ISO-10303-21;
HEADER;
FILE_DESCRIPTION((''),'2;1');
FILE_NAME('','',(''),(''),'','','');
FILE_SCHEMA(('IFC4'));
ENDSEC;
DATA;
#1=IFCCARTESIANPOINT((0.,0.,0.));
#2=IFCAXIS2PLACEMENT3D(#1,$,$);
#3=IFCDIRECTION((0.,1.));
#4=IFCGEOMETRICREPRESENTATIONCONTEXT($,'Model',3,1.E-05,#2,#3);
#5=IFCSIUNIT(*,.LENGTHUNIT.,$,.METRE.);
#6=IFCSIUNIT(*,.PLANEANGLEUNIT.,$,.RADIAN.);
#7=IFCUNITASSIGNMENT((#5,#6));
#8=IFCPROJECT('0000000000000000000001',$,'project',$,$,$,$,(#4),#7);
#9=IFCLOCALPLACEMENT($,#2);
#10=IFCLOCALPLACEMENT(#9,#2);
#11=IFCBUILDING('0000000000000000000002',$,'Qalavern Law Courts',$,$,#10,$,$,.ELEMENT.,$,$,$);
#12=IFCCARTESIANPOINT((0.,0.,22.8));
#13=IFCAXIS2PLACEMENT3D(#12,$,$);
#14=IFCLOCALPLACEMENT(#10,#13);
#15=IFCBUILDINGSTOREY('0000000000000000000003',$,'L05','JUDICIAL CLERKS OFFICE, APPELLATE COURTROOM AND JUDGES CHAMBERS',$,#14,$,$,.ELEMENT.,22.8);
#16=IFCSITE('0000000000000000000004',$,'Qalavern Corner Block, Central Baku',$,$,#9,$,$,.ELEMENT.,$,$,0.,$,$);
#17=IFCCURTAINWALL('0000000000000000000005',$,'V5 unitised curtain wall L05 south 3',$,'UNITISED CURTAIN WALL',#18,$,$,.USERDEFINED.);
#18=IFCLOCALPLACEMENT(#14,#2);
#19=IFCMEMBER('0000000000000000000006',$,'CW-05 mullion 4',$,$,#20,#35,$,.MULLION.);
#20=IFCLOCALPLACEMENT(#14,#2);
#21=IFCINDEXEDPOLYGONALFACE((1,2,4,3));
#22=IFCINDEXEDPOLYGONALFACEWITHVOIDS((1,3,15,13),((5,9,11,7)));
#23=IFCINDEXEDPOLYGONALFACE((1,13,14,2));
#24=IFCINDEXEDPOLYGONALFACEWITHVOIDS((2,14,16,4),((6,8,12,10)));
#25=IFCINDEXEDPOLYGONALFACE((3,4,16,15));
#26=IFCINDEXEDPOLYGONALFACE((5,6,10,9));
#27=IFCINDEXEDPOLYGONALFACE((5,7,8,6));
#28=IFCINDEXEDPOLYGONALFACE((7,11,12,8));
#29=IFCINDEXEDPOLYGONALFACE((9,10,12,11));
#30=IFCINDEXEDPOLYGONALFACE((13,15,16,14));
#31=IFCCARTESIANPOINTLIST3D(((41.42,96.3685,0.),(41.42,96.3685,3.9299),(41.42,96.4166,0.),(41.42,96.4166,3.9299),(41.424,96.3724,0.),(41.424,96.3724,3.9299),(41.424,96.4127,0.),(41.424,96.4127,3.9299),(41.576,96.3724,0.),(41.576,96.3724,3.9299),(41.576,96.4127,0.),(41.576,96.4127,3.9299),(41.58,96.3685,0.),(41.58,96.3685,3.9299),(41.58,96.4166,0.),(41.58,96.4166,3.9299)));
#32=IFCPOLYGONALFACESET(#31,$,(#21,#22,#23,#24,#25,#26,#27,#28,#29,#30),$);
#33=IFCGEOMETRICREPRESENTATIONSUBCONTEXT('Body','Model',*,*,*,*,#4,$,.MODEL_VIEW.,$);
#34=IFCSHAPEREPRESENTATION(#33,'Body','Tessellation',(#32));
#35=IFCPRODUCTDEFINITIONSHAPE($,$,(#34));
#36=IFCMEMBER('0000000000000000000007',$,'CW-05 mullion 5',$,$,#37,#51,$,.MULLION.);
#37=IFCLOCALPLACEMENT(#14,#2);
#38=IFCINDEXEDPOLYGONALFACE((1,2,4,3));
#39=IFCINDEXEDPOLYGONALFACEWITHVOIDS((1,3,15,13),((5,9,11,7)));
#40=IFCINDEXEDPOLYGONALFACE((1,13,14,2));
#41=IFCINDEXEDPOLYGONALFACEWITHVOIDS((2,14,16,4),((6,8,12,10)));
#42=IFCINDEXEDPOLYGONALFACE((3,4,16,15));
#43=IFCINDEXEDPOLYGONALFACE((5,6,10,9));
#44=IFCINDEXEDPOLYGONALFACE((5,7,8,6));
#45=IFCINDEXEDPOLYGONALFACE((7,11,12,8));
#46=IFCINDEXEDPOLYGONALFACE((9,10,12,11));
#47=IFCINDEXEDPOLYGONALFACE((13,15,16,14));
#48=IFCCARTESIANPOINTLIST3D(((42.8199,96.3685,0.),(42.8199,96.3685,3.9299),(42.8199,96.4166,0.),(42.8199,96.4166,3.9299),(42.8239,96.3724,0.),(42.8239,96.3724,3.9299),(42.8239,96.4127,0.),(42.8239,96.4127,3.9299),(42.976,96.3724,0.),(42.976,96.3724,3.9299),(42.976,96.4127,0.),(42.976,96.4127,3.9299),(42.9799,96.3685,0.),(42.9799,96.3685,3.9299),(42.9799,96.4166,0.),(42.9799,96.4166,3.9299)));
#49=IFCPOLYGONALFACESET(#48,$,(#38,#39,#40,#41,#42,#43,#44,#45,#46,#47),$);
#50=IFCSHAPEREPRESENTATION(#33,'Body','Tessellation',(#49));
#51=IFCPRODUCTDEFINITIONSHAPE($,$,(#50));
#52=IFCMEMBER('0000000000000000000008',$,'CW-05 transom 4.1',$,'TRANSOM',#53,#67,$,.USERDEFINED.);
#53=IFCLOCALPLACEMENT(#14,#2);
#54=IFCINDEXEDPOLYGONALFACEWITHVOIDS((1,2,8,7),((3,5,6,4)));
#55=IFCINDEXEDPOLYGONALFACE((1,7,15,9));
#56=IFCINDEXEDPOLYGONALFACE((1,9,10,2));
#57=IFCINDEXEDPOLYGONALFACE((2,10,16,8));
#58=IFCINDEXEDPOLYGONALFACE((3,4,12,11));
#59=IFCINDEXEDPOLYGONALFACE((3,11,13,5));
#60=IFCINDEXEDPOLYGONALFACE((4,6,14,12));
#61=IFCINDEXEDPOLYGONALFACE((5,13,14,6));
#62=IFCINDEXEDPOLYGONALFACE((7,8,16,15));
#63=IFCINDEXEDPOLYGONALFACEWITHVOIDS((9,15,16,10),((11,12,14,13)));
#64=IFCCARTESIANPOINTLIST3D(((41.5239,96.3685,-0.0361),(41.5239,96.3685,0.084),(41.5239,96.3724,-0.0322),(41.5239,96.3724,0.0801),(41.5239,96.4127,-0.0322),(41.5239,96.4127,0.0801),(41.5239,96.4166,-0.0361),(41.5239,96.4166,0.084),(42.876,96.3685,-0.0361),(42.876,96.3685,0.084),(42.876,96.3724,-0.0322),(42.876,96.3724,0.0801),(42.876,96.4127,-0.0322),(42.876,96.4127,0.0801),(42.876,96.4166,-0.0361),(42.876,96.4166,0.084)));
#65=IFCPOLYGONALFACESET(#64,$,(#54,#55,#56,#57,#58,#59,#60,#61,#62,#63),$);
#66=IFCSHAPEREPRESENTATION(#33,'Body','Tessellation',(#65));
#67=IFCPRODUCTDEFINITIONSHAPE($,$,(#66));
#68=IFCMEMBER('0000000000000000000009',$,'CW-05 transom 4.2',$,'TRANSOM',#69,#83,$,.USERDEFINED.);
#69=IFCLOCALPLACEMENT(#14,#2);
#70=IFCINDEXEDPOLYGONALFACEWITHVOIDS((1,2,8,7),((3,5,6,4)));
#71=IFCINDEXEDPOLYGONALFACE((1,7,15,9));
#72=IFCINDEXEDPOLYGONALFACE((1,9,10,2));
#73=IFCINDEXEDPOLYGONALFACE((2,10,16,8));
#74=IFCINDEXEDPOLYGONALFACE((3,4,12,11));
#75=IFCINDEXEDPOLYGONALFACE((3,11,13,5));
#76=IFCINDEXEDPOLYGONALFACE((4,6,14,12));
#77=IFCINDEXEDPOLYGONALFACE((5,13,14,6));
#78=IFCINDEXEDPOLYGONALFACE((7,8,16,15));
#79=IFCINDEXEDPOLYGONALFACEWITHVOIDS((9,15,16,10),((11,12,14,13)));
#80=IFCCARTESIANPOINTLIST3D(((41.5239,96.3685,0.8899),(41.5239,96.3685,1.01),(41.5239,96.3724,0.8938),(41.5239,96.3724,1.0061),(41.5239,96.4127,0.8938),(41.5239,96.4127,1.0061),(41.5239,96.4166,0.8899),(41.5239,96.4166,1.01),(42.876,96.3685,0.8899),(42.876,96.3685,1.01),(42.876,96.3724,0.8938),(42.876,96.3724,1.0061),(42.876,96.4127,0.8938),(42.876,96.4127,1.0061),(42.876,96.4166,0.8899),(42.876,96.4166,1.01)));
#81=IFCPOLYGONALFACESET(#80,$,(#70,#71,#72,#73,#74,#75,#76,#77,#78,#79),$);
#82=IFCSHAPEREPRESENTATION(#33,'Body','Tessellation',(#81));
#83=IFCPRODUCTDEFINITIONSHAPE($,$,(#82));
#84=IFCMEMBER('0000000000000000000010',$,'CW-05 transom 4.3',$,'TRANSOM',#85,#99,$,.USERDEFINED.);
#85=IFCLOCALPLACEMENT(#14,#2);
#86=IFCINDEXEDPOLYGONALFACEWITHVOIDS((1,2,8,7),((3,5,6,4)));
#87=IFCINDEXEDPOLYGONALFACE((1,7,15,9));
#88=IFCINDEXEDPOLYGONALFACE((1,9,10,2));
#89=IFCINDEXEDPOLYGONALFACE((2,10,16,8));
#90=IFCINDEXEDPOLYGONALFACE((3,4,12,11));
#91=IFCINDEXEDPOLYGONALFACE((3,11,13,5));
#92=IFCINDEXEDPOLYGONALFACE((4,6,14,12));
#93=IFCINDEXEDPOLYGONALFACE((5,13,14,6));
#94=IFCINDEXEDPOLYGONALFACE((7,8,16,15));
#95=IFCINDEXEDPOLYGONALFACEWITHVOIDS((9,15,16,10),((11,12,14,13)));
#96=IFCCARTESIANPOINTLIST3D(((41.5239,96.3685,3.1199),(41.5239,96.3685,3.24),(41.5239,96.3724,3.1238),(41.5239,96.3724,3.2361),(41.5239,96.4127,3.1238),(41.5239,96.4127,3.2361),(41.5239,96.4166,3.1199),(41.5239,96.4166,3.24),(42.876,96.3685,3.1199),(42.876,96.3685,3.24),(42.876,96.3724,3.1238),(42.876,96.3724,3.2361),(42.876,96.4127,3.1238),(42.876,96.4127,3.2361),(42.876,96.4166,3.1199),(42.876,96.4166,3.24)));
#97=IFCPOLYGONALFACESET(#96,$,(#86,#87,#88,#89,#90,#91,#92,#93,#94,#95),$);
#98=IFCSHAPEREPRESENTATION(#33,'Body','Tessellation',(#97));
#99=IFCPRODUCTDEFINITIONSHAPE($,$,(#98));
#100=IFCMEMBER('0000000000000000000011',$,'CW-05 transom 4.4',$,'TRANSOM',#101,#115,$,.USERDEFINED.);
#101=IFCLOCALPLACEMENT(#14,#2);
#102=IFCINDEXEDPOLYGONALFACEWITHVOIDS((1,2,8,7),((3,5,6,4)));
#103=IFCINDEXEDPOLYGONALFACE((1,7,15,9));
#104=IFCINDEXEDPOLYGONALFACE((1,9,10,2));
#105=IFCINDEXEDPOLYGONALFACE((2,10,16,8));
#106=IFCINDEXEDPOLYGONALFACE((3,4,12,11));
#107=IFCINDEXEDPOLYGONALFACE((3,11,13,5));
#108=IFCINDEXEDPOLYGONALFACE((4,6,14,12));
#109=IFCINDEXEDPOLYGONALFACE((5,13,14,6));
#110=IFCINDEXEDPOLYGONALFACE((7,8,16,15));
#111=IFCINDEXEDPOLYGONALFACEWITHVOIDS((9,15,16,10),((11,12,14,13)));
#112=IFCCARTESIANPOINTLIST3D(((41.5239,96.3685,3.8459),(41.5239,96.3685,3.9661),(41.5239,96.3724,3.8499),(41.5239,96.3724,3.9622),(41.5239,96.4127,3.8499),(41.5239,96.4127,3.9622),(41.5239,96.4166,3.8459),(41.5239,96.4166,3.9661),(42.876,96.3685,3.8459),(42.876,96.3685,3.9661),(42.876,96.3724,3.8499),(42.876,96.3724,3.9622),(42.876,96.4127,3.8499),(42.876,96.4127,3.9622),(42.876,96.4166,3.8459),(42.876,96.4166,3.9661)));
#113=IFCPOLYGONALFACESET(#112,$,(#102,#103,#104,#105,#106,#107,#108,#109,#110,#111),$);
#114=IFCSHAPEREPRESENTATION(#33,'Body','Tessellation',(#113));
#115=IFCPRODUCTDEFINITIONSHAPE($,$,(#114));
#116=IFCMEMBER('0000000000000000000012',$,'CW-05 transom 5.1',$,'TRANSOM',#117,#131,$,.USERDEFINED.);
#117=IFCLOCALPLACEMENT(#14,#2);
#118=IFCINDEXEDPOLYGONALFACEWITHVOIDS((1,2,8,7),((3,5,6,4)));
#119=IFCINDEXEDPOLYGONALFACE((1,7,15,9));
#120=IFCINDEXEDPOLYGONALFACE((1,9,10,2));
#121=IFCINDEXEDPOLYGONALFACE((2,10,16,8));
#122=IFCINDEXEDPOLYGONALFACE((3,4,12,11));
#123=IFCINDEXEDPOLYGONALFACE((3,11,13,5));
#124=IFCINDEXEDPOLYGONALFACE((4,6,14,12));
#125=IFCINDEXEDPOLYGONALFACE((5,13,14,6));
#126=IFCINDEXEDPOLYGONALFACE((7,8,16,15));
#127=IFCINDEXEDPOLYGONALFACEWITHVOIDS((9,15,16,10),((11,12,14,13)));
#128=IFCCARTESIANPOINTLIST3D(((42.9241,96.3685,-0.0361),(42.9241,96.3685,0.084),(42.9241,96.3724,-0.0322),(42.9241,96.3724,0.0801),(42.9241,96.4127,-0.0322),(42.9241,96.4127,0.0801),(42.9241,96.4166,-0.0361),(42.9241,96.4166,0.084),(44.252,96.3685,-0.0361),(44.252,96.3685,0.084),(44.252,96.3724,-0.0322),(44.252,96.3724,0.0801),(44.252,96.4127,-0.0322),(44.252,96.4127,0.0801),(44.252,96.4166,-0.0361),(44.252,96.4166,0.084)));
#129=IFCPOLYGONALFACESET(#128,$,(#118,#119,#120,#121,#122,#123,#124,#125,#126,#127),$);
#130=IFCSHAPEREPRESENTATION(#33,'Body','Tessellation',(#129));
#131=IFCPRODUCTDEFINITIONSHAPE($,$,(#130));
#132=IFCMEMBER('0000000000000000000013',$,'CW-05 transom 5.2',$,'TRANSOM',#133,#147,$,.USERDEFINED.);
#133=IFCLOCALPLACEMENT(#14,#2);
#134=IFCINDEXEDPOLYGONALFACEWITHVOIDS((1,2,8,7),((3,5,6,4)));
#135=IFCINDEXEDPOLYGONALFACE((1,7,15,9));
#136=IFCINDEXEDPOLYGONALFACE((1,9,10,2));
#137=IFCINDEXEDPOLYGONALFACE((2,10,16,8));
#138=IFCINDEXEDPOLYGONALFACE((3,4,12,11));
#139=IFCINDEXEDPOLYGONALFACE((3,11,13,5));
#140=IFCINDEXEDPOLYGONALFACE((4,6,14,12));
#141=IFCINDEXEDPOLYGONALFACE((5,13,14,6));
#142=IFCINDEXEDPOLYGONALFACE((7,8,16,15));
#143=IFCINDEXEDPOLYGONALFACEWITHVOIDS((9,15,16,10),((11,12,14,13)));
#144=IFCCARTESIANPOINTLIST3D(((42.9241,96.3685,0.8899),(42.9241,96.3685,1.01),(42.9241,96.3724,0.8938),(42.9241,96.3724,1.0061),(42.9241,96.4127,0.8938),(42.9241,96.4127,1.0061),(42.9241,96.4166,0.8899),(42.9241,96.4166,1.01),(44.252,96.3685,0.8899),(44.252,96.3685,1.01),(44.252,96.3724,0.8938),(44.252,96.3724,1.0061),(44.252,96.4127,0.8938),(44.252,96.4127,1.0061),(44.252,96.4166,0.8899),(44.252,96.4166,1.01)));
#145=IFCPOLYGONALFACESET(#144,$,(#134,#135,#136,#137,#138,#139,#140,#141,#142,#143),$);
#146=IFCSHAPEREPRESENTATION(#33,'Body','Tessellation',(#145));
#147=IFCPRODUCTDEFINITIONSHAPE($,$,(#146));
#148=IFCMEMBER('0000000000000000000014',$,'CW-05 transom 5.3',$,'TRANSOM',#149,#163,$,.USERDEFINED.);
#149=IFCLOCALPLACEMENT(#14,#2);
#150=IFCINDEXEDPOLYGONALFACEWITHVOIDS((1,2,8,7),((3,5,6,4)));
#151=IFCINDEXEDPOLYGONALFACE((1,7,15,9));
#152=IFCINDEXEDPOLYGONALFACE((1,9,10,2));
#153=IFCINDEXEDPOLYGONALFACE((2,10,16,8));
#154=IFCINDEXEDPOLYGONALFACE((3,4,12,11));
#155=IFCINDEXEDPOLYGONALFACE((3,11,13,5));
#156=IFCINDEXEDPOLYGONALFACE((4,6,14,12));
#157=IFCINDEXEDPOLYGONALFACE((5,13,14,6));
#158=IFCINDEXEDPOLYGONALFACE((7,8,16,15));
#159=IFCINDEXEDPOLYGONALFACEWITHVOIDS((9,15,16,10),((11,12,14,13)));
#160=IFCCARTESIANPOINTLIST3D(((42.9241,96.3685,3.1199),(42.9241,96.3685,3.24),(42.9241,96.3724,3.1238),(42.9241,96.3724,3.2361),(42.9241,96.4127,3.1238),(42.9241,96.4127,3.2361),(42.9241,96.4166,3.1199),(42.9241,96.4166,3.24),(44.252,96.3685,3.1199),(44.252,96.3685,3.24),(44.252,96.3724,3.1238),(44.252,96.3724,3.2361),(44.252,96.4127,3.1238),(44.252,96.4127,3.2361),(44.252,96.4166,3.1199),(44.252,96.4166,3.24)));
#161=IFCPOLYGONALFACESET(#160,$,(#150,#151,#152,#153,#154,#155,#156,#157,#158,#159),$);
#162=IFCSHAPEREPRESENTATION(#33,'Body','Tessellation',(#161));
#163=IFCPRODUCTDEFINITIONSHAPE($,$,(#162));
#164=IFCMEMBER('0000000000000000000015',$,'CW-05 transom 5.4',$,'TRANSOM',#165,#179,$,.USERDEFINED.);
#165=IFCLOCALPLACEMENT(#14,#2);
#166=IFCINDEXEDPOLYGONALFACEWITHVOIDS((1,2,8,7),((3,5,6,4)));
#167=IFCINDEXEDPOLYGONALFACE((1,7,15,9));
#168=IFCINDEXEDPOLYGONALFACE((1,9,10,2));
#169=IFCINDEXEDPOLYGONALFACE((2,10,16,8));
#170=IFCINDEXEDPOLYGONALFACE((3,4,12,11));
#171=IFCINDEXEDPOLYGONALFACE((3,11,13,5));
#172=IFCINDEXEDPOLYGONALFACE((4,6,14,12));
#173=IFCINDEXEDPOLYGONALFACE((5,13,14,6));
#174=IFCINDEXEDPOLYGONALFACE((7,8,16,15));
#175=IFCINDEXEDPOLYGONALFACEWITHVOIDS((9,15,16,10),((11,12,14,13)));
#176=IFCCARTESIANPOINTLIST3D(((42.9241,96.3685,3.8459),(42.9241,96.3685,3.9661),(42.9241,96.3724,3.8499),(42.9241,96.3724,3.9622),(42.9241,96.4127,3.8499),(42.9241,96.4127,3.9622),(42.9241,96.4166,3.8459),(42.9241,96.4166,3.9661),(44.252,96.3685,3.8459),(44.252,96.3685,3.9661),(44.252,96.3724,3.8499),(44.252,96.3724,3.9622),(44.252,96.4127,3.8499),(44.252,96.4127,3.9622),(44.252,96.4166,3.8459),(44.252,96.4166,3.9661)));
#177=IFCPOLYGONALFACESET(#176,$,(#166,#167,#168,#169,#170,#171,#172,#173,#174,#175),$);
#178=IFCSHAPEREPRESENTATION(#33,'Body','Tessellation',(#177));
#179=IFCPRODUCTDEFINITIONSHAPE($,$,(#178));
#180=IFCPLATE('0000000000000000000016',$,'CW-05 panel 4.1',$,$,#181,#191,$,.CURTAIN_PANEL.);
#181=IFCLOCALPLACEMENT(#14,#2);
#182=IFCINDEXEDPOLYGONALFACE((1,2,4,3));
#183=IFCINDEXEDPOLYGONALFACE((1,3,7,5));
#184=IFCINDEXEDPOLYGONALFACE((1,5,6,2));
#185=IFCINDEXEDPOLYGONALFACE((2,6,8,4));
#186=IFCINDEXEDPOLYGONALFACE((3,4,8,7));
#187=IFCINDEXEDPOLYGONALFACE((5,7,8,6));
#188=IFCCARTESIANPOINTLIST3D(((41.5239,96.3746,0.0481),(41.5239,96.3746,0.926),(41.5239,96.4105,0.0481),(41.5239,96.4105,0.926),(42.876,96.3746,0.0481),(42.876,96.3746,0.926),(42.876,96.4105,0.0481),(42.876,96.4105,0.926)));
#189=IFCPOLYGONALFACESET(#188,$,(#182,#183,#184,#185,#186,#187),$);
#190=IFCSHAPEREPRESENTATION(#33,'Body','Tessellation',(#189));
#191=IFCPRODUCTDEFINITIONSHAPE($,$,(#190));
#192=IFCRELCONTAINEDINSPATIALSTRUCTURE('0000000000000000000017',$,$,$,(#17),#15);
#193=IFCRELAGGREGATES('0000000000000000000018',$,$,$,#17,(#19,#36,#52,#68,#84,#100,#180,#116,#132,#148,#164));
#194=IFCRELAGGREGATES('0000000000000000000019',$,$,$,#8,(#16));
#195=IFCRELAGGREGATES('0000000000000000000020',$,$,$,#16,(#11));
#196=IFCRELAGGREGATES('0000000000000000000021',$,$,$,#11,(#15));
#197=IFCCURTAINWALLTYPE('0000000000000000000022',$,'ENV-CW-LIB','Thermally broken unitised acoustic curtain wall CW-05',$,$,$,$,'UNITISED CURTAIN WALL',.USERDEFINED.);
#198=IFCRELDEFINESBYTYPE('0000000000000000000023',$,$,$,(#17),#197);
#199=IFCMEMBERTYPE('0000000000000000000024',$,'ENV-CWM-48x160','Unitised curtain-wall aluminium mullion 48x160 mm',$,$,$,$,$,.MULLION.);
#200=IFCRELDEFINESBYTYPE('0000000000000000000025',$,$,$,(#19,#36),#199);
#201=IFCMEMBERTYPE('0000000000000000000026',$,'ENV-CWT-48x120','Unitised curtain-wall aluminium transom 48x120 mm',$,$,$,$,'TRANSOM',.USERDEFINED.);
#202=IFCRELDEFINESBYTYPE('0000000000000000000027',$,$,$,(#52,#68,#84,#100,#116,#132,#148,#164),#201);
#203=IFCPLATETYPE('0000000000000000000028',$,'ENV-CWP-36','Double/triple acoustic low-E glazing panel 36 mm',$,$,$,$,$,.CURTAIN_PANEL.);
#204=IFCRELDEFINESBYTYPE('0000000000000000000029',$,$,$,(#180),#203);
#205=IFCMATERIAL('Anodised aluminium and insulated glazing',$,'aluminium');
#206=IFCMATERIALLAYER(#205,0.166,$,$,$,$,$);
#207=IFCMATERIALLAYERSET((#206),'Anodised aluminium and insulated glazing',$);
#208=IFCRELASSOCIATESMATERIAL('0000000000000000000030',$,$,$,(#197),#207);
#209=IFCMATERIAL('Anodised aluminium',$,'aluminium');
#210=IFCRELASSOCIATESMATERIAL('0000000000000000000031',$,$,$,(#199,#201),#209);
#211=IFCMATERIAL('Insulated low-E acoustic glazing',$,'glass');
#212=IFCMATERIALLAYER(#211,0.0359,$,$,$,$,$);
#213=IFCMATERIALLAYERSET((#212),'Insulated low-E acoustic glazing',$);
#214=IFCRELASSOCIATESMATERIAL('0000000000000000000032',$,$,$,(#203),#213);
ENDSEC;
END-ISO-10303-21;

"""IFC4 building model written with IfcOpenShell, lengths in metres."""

from ifc_helpers import new_model, si_unit, direction, frame, origin, origin_2d, place, context, subcontext, project, spatial, rectangle, hollow_rectangle, extrude, material, layer, layer_set, material_profile, profile_set, type_object, element, aggregate, save


model = new_model("IFC4")

# Units and contexts
model_context = context("Model", 3, precision=1e-05, world=origin(), true_north=direction((0.0, 1.0)))
body_context = subcontext(model_context, "Body", "Model", "MODEL_VIEW")
ifc_project = project(units=[si_unit("LENGTHUNIT", "METRE"), si_unit("PLANEANGLEUNIT", "RADIAN")], contexts=[model_context])

# Site, building, storey
site_placement = place(None, origin())
site = spatial("IfcSite", under=ifc_project, at=site_placement, Name="Qalavern Corner Block, Central Baku", CompositionType="ELEMENT", RefElevation=0.0)
building_placement = place(site_placement, origin())
building = spatial("IfcBuilding", under=site, at=building_placement, Name="Qalavern Law Courts", CompositionType="ELEMENT")
storey_placement = place(building_placement, frame((0.0, 0.0, 22.8)))
storey = spatial("IfcBuildingStorey", under=building, at=storey_placement, Name="L05", Description="JUDICIAL CLERKS OFFICE, APPELLATE COURTROOM AND JUDGES CHAMBERS", CompositionType="ELEMENT", Elevation=22.8)

# Curtain wall, members, plate
ifc_material_1 = material(Name="Anodised aluminium and insulated glazing", Category="aluminium")
ifc_layer_1 = layer(ifc_material_1, 0.166)
ifc_layer_set_1 = layer_set([ifc_layer_1], Name="Anodised aluminium and insulated glazing")
curtain_wall_type = type_object("IfcCurtainWallType", Name="ENV-CW-LIB", Description="Thermally broken unitised acoustic curtain wall CW-05", ElementType="UNITISED CURTAIN WALL", PredefinedType="USERDEFINED", material=ifc_layer_set_1)
curtain_wall_placement = place(storey_placement, origin())
curtain_wall = element("IfcCurtainWall", 1, at=curtain_wall_placement, inside=storey, type_object=curtain_wall_type, Name="V5 unitised curtain wall L05 south 3", ObjectType="UNITISED CURTAIN WALL", PredefinedType="USERDEFINED")
ifc_material_2 = material(Name="Anodised aluminium", Category="aluminium")
ifc_material_profile_1 = material_profile(ifc_material_2, hollow_rectangle(XDim=0.0481, YDim=0.1599, WallThickness=0.0039, at=origin_2d()), Name="ALU MULLION 48x160")
ifc_profile_set_1 = profile_set([ifc_material_profile_1], Name="Anodised aluminium")
member_type_1 = type_object("IfcMemberType", Name="ENV-CWM-48x160", Description="Unitised curtain-wall aluminium mullion 48x160 mm", PredefinedType="MULLION", material=ifc_profile_set_1)
member_1_placement = place(storey_placement, frame((41.5, 96.3926, 0.0), z_axis=(0.0, 0.0, 1.0), x_axis=(0.0, 1.0, 0.0)))
member_1 = element("IfcMember", 2, at=member_1_placement, type_object=member_type_1, Name="CW-05 mullion 4", PredefinedType="MULLION", context=body_context, shape_type="SweptSolid", body=[
    extrude(hollow_rectangle(XDim=0.0481, YDim=0.1599, WallThickness=0.0039, at=origin_2d()), origin(), (0.0, 0.0, 1.0), 3.9299),
])
member_2_placement = place(storey_placement, frame((42.8999, 96.3926, 0.0), z_axis=(0.0, 0.0, 1.0), x_axis=(0.0, 1.0, 0.0)))
member_2 = element("IfcMember", 3, at=member_2_placement, type_object=member_type_1, Name="CW-05 mullion 5", PredefinedType="MULLION", context=body_context, shape_type="SweptSolid", body=[
    extrude(hollow_rectangle(XDim=0.0481, YDim=0.1599, WallThickness=0.0039, at=origin_2d()), origin(), (0.0, 0.0, 1.0), 3.9299),
])
ifc_material_profile_2 = material_profile(ifc_material_2, hollow_rectangle(XDim=0.0481, YDim=0.1201, WallThickness=0.0039, at=origin_2d()), Name="ALU TRANSOM 48x120")
ifc_profile_set_2 = profile_set([ifc_material_profile_2], Name="Anodised aluminium")
member_type_2 = type_object("IfcMemberType", Name="ENV-CWT-48x120", Description="Unitised curtain-wall aluminium transom 48x120 mm", ElementType="TRANSOM", PredefinedType="USERDEFINED", material=ifc_profile_set_2)
member_3_placement = place(storey_placement, frame((41.5239, 96.3926, 0.0239), z_axis=(1.0, 0.0, 0.0), x_axis=(0.0, 1.0, 0.0)))
member_3 = element("IfcMember", 4, at=member_3_placement, type_object=member_type_2, Name="CW-05 transom 4.1", ObjectType="TRANSOM", PredefinedType="USERDEFINED", context=body_context, shape_type="SweptSolid", body=[
    extrude(hollow_rectangle(XDim=0.0481, YDim=0.1201, WallThickness=0.0039, at=origin_2d()), origin(), (0.0, 0.0, 1.0), 1.3521),
])
member_4_placement = place(storey_placement, frame((41.5239, 96.3926, 0.95), z_axis=(1.0, 0.0, 0.0), x_axis=(0.0, 1.0, 0.0)))
member_4 = element("IfcMember", 5, at=member_4_placement, type_object=member_type_2, Name="CW-05 transom 4.2", ObjectType="TRANSOM", PredefinedType="USERDEFINED", context=body_context, shape_type="SweptSolid", body=[
    extrude(hollow_rectangle(XDim=0.0481, YDim=0.1201, WallThickness=0.0039, at=origin_2d()), origin(), (0.0, 0.0, 1.0), 1.3521),
])
member_5_placement = place(storey_placement, frame((41.5239, 96.3926, 3.1799), z_axis=(1.0, 0.0, 0.0), x_axis=(0.0, 1.0, 0.0)))
member_5 = element("IfcMember", 6, at=member_5_placement, type_object=member_type_2, Name="CW-05 transom 4.3", ObjectType="TRANSOM", PredefinedType="USERDEFINED", context=body_context, shape_type="SweptSolid", body=[
    extrude(hollow_rectangle(XDim=0.0481, YDim=0.1201, WallThickness=0.0039, at=origin_2d()), origin(), (0.0, 0.0, 1.0), 1.3521),
])
member_6_placement = place(storey_placement, frame((41.5239, 96.3926, 3.906), z_axis=(1.0, 0.0, 0.0), x_axis=(0.0, 1.0, 0.0)))
member_6 = element("IfcMember", 7, at=member_6_placement, type_object=member_type_2, Name="CW-05 transom 4.4", ObjectType="TRANSOM", PredefinedType="USERDEFINED", context=body_context, shape_type="SweptSolid", body=[
    extrude(hollow_rectangle(XDim=0.0481, YDim=0.1201, WallThickness=0.0039, at=origin_2d()), origin(), (0.0, 0.0, 1.0), 1.3521),
])
member_7_placement = place(storey_placement, frame((42.9241, 96.3926, 0.0239), z_axis=(1.0, 0.0, 0.0), x_axis=(0.0, 1.0, 0.0)))
member_7 = element("IfcMember", 8, at=member_7_placement, type_object=member_type_2, Name="CW-05 transom 5.1", ObjectType="TRANSOM", PredefinedType="USERDEFINED", context=body_context, shape_type="SweptSolid", body=[
    extrude(hollow_rectangle(XDim=0.0481, YDim=0.1201, WallThickness=0.0039, at=origin_2d()), origin(), (0.0, 0.0, 1.0), 1.3279),
])
member_8_placement = place(storey_placement, frame((42.9241, 96.3926, 0.95), z_axis=(1.0, 0.0, 0.0), x_axis=(0.0, 1.0, 0.0)))
member_8 = element("IfcMember", 9, at=member_8_placement, type_object=member_type_2, Name="CW-05 transom 5.2", ObjectType="TRANSOM", PredefinedType="USERDEFINED", context=body_context, shape_type="SweptSolid", body=[
    extrude(hollow_rectangle(XDim=0.0481, YDim=0.1201, WallThickness=0.0039, at=origin_2d()), origin(), (0.0, 0.0, 1.0), 1.3279),
])
member_9_placement = place(storey_placement, frame((42.9241, 96.3926, 3.1799), z_axis=(1.0, 0.0, 0.0), x_axis=(0.0, 1.0, 0.0)))
member_9 = element("IfcMember", 10, at=member_9_placement, type_object=member_type_2, Name="CW-05 transom 5.3", ObjectType="TRANSOM", PredefinedType="USERDEFINED", context=body_context, shape_type="SweptSolid", body=[
    extrude(hollow_rectangle(XDim=0.0481, YDim=0.1201, WallThickness=0.0039, at=origin_2d()), origin(), (0.0, 0.0, 1.0), 1.3279),
])
member_10_placement = place(storey_placement, frame((42.9241, 96.3926, 3.906), z_axis=(1.0, 0.0, 0.0), x_axis=(0.0, 1.0, 0.0)))
member_10 = element("IfcMember", 11, at=member_10_placement, type_object=member_type_2, Name="CW-05 transom 5.4", ObjectType="TRANSOM", PredefinedType="USERDEFINED", context=body_context, shape_type="SweptSolid", body=[
    extrude(hollow_rectangle(XDim=0.0481, YDim=0.1201, WallThickness=0.0039, at=origin_2d()), origin(), (0.0, 0.0, 1.0), 1.3279),
])
ifc_material_3 = material(Name="Insulated low-E acoustic glazing", Category="glass")
ifc_layer_2 = layer(ifc_material_3, 0.0359)
ifc_layer_set_2 = layer_set([ifc_layer_2], Name="Insulated low-E acoustic glazing")
plate_type = type_object("IfcPlateType", Name="ENV-CWP-36", Description="Double/triple acoustic low-E glazing panel 36 mm", PredefinedType="CURTAIN_PANEL", material=ifc_layer_set_2)
plate_1_placement = place(storey_placement, frame((42.2, 96.3926, 0.0481), z_axis=(0.0, 0.0, 1.0), x_axis=(1.0, 0.0, 0.0)))
plate_1 = element("IfcPlate", 12, at=plate_1_placement, type_object=plate_type, Name="CW-05 panel 4.1", PredefinedType="CURTAIN_PANEL", context=body_context, shape_type="SweptSolid", body=[
    extrude(rectangle(XDim=1.3521, YDim=0.0359, at=origin_2d()), origin(), (0.0, 0.0, 1.0), 0.8779),
])
aggregate(curtain_wall, [member_1, member_2, member_3, member_4, member_5, member_6, plate_1, member_7, member_8, member_9, member_10])

save(model, "model.ifc")
